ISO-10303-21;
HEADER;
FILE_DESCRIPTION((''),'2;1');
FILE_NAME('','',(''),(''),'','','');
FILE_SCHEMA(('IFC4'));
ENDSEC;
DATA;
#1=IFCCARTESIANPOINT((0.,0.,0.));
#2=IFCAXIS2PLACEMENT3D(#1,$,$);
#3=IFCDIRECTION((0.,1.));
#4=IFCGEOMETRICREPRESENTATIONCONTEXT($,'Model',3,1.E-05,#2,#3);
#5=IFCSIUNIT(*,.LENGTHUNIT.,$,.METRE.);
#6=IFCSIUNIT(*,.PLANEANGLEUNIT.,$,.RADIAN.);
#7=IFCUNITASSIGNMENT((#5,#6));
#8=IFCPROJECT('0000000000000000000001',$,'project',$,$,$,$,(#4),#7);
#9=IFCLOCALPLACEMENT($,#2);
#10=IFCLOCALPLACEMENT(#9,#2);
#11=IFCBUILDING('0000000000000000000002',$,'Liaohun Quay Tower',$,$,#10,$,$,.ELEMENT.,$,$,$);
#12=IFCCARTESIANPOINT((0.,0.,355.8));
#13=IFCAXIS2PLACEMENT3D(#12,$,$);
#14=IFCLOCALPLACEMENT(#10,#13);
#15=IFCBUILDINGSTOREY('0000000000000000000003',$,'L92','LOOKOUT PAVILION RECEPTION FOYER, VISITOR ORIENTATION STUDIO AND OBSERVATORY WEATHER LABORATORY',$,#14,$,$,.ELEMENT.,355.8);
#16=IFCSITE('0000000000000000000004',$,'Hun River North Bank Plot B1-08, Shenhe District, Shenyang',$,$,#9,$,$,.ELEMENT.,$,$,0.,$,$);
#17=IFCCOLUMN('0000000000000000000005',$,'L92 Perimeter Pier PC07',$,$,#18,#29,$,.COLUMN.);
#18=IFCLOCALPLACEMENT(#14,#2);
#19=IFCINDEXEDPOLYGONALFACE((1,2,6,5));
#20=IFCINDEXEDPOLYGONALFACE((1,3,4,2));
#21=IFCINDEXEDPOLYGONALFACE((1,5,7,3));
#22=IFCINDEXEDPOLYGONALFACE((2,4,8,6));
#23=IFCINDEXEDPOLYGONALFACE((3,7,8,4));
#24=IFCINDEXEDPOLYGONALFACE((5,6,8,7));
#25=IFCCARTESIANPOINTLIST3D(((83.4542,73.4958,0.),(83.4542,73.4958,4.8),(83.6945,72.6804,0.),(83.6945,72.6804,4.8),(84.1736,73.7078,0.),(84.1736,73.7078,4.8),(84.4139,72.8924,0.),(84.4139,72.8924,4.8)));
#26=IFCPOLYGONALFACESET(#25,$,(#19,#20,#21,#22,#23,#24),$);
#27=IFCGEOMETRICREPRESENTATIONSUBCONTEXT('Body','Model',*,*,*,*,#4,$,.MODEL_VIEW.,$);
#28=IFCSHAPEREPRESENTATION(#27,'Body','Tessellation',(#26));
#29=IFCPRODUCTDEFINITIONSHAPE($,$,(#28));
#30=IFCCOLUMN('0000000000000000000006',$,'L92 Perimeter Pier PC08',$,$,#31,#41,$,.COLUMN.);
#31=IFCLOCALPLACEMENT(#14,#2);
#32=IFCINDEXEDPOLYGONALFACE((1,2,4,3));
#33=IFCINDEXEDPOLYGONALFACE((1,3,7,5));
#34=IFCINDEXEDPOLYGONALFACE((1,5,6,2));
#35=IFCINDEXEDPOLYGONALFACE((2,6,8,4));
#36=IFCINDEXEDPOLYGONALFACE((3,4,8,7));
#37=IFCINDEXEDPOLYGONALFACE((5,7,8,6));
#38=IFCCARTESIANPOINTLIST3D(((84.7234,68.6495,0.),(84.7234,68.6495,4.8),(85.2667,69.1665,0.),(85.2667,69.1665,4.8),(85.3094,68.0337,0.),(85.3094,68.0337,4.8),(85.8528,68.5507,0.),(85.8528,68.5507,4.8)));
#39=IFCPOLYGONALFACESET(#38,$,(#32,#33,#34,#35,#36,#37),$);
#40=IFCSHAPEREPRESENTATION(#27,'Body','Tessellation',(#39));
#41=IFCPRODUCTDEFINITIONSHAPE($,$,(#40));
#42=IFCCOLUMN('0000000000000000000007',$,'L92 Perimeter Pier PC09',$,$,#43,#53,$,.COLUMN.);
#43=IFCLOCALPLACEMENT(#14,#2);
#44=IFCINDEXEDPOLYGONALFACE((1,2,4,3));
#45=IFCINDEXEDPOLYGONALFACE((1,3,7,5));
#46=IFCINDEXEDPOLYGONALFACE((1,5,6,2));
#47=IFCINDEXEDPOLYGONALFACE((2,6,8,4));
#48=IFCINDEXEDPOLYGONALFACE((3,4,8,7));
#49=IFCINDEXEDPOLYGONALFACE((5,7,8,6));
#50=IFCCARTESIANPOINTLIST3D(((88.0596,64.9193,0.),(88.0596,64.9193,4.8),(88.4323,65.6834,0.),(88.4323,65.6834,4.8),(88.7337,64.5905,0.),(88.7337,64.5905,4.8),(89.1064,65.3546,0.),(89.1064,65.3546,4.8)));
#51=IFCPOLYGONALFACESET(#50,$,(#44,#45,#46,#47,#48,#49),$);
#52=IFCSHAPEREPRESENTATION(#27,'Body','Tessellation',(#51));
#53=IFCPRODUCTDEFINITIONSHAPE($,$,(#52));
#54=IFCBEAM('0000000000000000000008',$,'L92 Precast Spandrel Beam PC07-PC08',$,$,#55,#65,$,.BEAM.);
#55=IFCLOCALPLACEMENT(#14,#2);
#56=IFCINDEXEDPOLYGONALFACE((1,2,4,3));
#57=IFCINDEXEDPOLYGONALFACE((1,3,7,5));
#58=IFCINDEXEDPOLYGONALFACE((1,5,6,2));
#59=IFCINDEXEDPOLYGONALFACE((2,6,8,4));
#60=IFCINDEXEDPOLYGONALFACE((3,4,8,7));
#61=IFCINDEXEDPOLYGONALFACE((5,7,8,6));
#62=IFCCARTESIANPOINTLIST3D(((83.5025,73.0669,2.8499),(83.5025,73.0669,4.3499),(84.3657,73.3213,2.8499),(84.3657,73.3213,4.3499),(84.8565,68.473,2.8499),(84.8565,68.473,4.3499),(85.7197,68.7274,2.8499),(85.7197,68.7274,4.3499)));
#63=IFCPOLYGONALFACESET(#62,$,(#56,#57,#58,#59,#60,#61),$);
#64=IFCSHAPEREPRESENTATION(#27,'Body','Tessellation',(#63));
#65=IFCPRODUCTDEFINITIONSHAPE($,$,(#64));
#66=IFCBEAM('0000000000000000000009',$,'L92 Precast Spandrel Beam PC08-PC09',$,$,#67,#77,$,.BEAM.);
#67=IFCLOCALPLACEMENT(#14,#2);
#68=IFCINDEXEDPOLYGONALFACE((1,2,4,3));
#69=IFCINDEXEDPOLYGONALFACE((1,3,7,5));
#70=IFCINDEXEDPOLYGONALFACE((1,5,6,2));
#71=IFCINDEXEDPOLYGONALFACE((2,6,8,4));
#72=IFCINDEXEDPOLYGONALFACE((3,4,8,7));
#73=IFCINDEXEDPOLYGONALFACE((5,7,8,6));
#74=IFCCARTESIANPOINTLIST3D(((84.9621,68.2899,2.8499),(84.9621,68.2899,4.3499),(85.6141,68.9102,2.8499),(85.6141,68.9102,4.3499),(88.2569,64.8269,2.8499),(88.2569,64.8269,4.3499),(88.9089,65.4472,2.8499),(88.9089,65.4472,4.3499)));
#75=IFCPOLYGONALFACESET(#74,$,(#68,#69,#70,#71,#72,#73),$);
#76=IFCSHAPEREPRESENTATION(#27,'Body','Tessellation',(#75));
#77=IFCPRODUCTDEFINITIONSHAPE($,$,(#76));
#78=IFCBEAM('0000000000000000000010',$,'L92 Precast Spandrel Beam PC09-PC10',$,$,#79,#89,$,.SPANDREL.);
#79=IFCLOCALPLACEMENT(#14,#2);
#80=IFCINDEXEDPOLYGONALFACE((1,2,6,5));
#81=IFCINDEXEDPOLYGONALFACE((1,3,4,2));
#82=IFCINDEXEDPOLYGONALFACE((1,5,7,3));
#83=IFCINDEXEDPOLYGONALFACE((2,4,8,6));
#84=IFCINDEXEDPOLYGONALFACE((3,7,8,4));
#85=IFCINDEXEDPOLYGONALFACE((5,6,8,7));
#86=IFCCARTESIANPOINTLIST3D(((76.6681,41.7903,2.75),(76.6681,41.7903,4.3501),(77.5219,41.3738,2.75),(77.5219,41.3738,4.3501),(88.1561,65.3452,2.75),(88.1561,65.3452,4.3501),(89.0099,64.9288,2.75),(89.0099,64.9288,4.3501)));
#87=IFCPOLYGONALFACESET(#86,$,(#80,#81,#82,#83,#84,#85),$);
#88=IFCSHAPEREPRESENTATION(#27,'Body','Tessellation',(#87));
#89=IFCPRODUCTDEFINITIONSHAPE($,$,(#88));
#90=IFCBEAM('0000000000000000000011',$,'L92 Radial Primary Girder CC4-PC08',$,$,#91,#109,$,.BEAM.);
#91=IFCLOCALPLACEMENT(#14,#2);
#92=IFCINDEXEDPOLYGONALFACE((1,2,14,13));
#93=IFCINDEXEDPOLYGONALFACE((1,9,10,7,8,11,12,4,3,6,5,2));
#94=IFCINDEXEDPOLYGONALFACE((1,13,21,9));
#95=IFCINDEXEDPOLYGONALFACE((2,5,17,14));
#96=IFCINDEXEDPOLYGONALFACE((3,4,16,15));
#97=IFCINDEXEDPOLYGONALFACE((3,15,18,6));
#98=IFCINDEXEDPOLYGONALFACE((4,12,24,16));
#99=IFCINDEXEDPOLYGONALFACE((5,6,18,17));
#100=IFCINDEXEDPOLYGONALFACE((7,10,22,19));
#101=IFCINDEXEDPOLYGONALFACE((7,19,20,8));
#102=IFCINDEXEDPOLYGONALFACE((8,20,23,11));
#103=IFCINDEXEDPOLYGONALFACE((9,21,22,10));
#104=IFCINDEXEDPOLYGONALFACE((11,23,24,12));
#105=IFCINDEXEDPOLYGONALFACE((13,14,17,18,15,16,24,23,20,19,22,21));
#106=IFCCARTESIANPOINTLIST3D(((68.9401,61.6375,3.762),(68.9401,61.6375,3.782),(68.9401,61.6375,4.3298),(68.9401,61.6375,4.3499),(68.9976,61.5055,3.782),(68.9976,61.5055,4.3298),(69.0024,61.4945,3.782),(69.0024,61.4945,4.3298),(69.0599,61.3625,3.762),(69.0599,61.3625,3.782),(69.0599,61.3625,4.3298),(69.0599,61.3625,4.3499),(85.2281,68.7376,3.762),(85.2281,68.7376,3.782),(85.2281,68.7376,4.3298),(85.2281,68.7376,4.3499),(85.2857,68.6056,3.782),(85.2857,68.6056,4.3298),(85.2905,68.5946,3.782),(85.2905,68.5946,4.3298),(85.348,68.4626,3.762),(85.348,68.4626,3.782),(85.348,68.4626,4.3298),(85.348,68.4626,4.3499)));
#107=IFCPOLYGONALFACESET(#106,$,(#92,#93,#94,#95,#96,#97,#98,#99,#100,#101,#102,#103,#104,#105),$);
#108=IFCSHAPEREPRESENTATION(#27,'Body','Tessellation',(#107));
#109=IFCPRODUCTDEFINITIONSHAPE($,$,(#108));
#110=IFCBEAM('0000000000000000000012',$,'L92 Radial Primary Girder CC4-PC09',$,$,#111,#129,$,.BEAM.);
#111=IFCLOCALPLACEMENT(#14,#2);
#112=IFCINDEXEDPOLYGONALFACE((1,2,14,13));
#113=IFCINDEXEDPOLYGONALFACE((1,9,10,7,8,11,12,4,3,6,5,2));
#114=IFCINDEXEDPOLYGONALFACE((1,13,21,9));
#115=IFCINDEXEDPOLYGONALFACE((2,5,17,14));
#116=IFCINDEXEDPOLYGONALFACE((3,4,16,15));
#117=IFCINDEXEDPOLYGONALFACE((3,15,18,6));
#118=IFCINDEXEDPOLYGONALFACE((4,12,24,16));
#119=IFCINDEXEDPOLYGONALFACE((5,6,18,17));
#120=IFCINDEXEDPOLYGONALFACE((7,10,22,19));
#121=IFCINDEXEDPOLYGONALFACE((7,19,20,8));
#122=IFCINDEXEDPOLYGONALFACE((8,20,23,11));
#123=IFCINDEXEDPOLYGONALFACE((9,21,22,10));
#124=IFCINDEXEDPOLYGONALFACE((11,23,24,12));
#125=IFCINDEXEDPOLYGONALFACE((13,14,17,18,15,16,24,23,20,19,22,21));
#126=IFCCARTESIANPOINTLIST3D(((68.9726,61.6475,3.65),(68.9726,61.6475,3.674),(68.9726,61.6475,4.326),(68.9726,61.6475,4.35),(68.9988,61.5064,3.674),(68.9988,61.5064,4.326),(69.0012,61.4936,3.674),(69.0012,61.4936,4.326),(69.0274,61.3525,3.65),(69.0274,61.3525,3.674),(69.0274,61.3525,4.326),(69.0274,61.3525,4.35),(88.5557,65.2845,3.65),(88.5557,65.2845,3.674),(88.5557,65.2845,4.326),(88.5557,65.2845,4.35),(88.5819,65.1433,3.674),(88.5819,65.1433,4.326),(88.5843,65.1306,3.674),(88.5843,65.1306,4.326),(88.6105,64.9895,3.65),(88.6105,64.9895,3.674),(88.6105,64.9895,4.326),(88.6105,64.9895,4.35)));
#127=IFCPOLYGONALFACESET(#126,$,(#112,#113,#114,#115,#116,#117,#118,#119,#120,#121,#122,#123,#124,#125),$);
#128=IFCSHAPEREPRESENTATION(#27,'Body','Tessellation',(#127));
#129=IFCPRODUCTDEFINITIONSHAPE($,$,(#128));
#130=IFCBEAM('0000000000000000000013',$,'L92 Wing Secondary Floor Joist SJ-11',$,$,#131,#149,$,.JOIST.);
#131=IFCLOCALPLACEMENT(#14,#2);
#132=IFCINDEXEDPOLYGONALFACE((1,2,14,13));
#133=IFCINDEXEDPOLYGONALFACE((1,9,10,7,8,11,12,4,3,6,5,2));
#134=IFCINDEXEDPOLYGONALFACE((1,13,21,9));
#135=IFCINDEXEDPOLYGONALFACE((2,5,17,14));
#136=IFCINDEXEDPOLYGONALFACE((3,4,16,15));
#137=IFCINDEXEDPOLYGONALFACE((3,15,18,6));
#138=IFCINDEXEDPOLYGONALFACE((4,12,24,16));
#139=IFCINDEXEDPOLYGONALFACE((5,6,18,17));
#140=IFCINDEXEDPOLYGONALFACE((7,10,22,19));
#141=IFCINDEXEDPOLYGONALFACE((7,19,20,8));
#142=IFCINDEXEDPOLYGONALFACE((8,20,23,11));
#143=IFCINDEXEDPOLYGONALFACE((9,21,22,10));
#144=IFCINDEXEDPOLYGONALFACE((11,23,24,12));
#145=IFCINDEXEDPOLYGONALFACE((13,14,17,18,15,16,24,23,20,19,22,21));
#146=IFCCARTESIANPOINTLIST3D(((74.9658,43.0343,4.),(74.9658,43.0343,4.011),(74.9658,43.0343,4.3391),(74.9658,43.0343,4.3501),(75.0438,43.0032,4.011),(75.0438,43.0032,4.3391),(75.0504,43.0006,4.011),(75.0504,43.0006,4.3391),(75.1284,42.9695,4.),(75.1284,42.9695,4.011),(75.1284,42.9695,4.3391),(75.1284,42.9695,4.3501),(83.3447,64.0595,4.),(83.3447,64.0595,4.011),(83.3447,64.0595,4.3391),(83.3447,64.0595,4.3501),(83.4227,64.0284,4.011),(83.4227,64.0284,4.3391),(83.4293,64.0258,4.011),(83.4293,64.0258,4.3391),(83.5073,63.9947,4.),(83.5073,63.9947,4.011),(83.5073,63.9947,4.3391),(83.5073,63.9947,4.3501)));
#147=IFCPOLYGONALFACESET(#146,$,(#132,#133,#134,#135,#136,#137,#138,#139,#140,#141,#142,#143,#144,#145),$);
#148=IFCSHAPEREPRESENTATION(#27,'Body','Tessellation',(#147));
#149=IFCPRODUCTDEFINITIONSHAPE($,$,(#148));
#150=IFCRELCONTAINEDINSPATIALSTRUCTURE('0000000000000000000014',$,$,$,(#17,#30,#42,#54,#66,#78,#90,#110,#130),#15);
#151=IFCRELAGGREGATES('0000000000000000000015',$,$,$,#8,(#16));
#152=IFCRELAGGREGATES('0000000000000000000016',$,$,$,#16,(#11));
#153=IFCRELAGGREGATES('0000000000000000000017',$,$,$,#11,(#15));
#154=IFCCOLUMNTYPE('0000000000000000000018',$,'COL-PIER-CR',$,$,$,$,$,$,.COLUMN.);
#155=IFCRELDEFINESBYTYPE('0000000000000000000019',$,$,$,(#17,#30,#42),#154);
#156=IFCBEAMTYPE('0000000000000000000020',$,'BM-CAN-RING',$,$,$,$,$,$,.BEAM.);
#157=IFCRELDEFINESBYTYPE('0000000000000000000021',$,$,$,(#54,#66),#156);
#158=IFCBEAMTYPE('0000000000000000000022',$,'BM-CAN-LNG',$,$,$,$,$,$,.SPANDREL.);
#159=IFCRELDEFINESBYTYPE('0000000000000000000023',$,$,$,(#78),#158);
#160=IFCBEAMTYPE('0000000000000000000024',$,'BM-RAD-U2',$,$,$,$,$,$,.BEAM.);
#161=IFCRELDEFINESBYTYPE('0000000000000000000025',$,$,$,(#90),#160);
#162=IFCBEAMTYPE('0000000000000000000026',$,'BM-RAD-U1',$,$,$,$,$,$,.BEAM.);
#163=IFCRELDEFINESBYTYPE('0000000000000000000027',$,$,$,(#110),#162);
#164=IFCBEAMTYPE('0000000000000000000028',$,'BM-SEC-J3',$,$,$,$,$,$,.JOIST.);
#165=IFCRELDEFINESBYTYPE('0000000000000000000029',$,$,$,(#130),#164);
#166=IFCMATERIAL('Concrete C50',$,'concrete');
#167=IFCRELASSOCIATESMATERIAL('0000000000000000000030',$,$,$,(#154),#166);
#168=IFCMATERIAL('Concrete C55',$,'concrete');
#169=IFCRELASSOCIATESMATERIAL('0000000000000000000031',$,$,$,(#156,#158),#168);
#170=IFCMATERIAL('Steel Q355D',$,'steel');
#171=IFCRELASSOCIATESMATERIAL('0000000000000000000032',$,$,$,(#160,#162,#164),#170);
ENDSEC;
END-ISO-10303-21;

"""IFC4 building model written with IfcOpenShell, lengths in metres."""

from ifc_helpers import new_model, si_unit, direction, frame, origin, origin_2d, place, context, subcontext, project, spatial, rectangle, i_section, extrude, source, transform, mapped, material, material_profile, profile_set, type_object, element, save


model = new_model("IFC4")

# Units and contexts
model_context = context("Model", 3, precision=1e-05, world=origin(), true_north=direction((0.0, 1.0)))
body_context = subcontext(model_context, "Body", "Model", "MODEL_VIEW")
ifc_project = project(units=[si_unit("LENGTHUNIT", "METRE"), si_unit("PLANEANGLEUNIT", "RADIAN")], contexts=[model_context])

# Site, building, storey
site_placement = place(None, origin())
site = spatial("IfcSite", under=ifc_project, at=site_placement, Name="Hun River North Bank Plot B1-08, Shenhe District, Shenyang", CompositionType="ELEMENT", RefElevation=0.0)
building_placement = place(site_placement, origin())
building = spatial("IfcBuilding", under=site, at=building_placement, Name="Liaohun Quay Tower", CompositionType="ELEMENT")
storey_placement = place(building_placement, frame((0.0, 0.0, 355.8)))
storey = spatial("IfcBuildingStorey", under=building, at=storey_placement, Name="L92", Description="LOOKOUT PAVILION RECEPTION FOYER, VISITOR ORIENTATION STUDIO AND OBSERVATORY WEATHER LABORATORY", CompositionType="ELEMENT", Elevation=355.8)

# Columns
ifc_material_1 = material(Name="Concrete C50", Category="concrete")
ifc_material_profile_1 = material_profile(ifc_material_1, rectangle(XDim=0.8501, YDim=0.75, at=origin_2d()), Name="RC850x750")
ifc_profile_set_1 = profile_set([ifc_material_profile_1], Name="Concrete C50")
column_type = type_object("IfcColumnType", Name="COL-PIER-CR", PredefinedType="COLUMN", material=ifc_profile_set_1)
shared_shape_1 = source(origin(), body_context, "Body", "SweptSolid", [
    extrude(rectangle(XDim=0.8501, YDim=0.75, at=origin_2d()), origin(), (0.0, 0.0, 1.0), 4.8),
])
for number, where, z_axis, x_axis, name in (
    (1, (83.9341, 73.1941, 0.0), (0.0, 0.0, 1.0), (-0.282676, 0.959215, 0.0), "L92 Perimeter Pier PC07"),
    (2, (85.2881, 68.6001, 0.0), (0.0, 0.0, 1.0), (-0.689367, 0.724413, 0.0), "L92 Perimeter Pier PC08"),
    (3, (88.583, 65.137, 0.0), (0.0, 0.0, 1.0), (0.438371, 0.898794, 0.0), "L92 Perimeter Pier PC09"),
):
    element("IfcColumn", number, at=place(storey_placement, frame(where, z_axis=z_axis, x_axis=x_axis)), inside=storey, type_object=column_type, Name=name, PredefinedType="COLUMN", context=body_context, shape_type="MappedRepresentation", body=[
        mapped(shared_shape_1, transform((0.0, 0.0, 0.0), x_axis=(1.0, 0.0, 0.0), y_axis=(0.0, 1.0, 0.0), z_axis=(0.0, 0.0, 1.0), scale=1.0)),
    ])

# Beams
ifc_material_2 = material(Name="Concrete C55", Category="concrete")
ifc_material_profile_2 = material_profile(ifc_material_2, rectangle(XDim=0.8999, YDim=1.5, at=origin_2d()), Name="RC900x1500")
ifc_profile_set_2 = profile_set([ifc_material_profile_2], Name="Concrete C55")
beam_type_1 = type_object("IfcBeamType", Name="BM-CAN-RING", PredefinedType="BEAM", material=ifc_profile_set_2)
shared_shape_2 = source(origin(), body_context, "Body", "SweptSolid", [
    extrude(rectangle(XDim=0.8999, YDim=1.5, at=origin_2d()), origin(), (0.0, 0.0, 1.0), 4.7893),
])
beam_1_placement = place(storey_placement, frame((83.9341, 73.1941, 3.5999), z_axis=(0.28271, -0.959205, 0.0), x_axis=(0.959205, 0.28271, 0.0)))
element("IfcBeam", 4, at=beam_1_placement, inside=storey, type_object=beam_type_1, Name="L92 Precast Spandrel Beam PC07-PC08", PredefinedType="BEAM", context=body_context, shape_type="MappedRepresentation", body=[
    mapped(shared_shape_2, transform((0.0, 0.0, 0.0), x_axis=(1.0, 0.0, 0.0), y_axis=(0.0, 1.0, 0.0), z_axis=(0.0, 0.0, 1.0), scale=1.0)),
])
shared_shape_3 = source(origin(), body_context, "Body", "SweptSolid", [
    extrude(rectangle(XDim=0.8999, YDim=1.5, at=origin_2d()), origin(), (0.0, 0.0, 1.0), 4.78),
])
beam_2_placement = place(storey_placement, frame((85.2881, 68.6001, 3.5999), z_axis=(0.689293, -0.724483, 0.0), x_axis=(0.724483, 0.689293, 0.0)))
element("IfcBeam", 5, at=beam_2_placement, inside=storey, type_object=beam_type_1, Name="L92 Precast Spandrel Beam PC08-PC09", PredefinedType="BEAM", context=body_context, shape_type="MappedRepresentation", body=[
    mapped(shared_shape_3, transform((0.0, 0.0, 0.0), x_axis=(1.0, 0.0, 0.0), y_axis=(0.0, 1.0, 0.0), z_axis=(0.0, 0.0, 1.0), scale=1.0)),
])
ifc_material_profile_3 = material_profile(ifc_material_2, rectangle(XDim=0.95, YDim=1.6001, at=origin_2d()), Name="RC950x1600")
ifc_profile_set_3 = profile_set([ifc_material_profile_3], Name="Concrete C55")
beam_type_2 = type_object("IfcBeamType", Name="BM-CAN-LNG", PredefinedType="SPANDREL", material=ifc_profile_set_3)
shared_shape_4 = source(origin(), body_context, "Body", "SweptSolid", [
    extrude(rectangle(XDim=0.95, YDim=1.6001, at=origin_2d()), origin(), (0.0, 0.0, 1.0), 26.207),
])
beam_3_placement = place(storey_placement, frame((88.583, 65.137, 3.55), z_axis=(-0.438357, -0.898801, 0.0), x_axis=(0.898801, -0.438357, 0.0)))
element("IfcBeam", 6, at=beam_3_placement, inside=storey, type_object=beam_type_2, Name="L92 Precast Spandrel Beam PC09-PC10", PredefinedType="SPANDREL", context=body_context, shape_type="MappedRepresentation", body=[
    mapped(shared_shape_4, transform((0.0, 0.0, 0.0), x_axis=(1.0, 0.0, 0.0), y_axis=(0.0, 1.0, 0.0), z_axis=(0.0, 0.0, 1.0), scale=1.0)),
])
ifc_material_3 = material(Name="Steel Q355D", Category="steel")
ifc_material_profile_4 = material_profile(ifc_material_3, i_section(OverallWidth=0.3, OverallDepth=0.5879, WebThickness=0.012, FlangeThickness=0.02, at=origin_2d()), Name="HM588x300x12x20")
ifc_profile_set_4 = profile_set([ifc_material_profile_4], Name="Steel Q355D")
beam_type_3 = type_object("IfcBeamType", Name="BM-RAD-U2", PredefinedType="BEAM", material=ifc_profile_set_4)
shared_shape_5 = source(origin(), body_context, "Body", "SweptSolid", [
    extrude(i_section(OverallWidth=0.3, OverallDepth=0.5879, WebThickness=0.012, FlangeThickness=0.02, at=origin_2d()), origin(), (0.0, 0.0, 1.0), 17.7683),
])
beam_4_placement = place(storey_placement, frame((69.0, 61.5, 4.0559), z_axis=(0.916693, 0.399593, 0.0), x_axis=(-0.399593, 0.916693, 0.0)))
element("IfcBeam", 7, at=beam_4_placement, inside=storey, type_object=beam_type_3, Name="L92 Radial Primary Girder CC4-PC08", PredefinedType="BEAM", context=body_context, shape_type="MappedRepresentation", body=[
    mapped(shared_shape_5, transform((0.0, 0.0, 0.0), x_axis=(1.0, 0.0, 0.0), y_axis=(0.0, 1.0, 0.0), z_axis=(0.0, 0.0, 1.0), scale=1.0)),
])
ifc_material_profile_5 = material_profile(ifc_material_3, i_section(OverallWidth=0.3, OverallDepth=0.7, WebThickness=0.0129, FlangeThickness=0.0239, at=origin_2d()), Name="HN700x300x13x24")
ifc_profile_set_5 = profile_set([ifc_material_profile_5], Name="Steel Q355D")
beam_type_4 = type_object("IfcBeamType", Name="BM-RAD-U1", PredefinedType="BEAM", material=ifc_profile_set_5)
shared_shape_6 = source(origin(), body_context, "Body", "SweptSolid", [
    extrude(i_section(OverallWidth=0.3, OverallDepth=0.7, WebThickness=0.0129, FlangeThickness=0.0239, at=origin_2d()), origin(), (0.0, 0.0, 1.0), 19.918),
])
beam_5_placement = place(storey_placement, frame((69.0, 61.5, 4.0), z_axis=(0.983188, 0.182598, 0.0), x_axis=(-0.182598, 0.983188, 0.0)))
element("IfcBeam", 8, at=beam_5_placement, inside=storey, type_object=beam_type_4, Name="L92 Radial Primary Girder CC4-PC09", PredefinedType="BEAM", context=body_context, shape_type="MappedRepresentation", body=[
    mapped(shared_shape_6, transform((0.0, 0.0, 0.0), x_axis=(1.0, 0.0, 0.0), y_axis=(0.0, 1.0, 0.0), z_axis=(0.0, 0.0, 1.0), scale=1.0)),
])
ifc_material_profile_6 = material_profile(ifc_material_3, i_section(OverallWidth=0.175, OverallDepth=0.3501, WebThickness=0.0071, FlangeThickness=0.011, at=origin_2d()), Name="HN350x175x7x11")
ifc_profile_set_6 = profile_set([ifc_material_profile_6], Name="Steel Q355D")
beam_type_5 = type_object("IfcBeamType", Name="BM-SEC-J3", PredefinedType="JOIST", material=ifc_profile_set_6)
shared_shape_7 = source(origin(), body_context, "Body", "SweptSolid", [
    extrude(i_section(OverallWidth=0.175, OverallDepth=0.3501, WebThickness=0.0071, FlangeThickness=0.011, at=origin_2d()), origin(), (0.0, 0.0, 1.0), 22.6333),
])
beam_6_placement = place(storey_placement, frame((83.426, 64.0271, 4.175), z_axis=(-0.370204, -0.928951, 0.0), x_axis=(0.928951, -0.370204, 0.0)))
element("IfcBeam", 9, at=beam_6_placement, inside=storey, type_object=beam_type_5, Name="L92 Wing Secondary Floor Joist SJ-11", PredefinedType="JOIST", context=body_context, shape_type="MappedRepresentation", body=[
    mapped(shared_shape_7, transform((0.0, 0.0, 0.0), x_axis=(1.0, 0.0, 0.0), y_axis=(0.0, 1.0, 0.0), z_axis=(0.0, 0.0, 1.0), scale=1.0)),
])

save(model, "model.ifc")
